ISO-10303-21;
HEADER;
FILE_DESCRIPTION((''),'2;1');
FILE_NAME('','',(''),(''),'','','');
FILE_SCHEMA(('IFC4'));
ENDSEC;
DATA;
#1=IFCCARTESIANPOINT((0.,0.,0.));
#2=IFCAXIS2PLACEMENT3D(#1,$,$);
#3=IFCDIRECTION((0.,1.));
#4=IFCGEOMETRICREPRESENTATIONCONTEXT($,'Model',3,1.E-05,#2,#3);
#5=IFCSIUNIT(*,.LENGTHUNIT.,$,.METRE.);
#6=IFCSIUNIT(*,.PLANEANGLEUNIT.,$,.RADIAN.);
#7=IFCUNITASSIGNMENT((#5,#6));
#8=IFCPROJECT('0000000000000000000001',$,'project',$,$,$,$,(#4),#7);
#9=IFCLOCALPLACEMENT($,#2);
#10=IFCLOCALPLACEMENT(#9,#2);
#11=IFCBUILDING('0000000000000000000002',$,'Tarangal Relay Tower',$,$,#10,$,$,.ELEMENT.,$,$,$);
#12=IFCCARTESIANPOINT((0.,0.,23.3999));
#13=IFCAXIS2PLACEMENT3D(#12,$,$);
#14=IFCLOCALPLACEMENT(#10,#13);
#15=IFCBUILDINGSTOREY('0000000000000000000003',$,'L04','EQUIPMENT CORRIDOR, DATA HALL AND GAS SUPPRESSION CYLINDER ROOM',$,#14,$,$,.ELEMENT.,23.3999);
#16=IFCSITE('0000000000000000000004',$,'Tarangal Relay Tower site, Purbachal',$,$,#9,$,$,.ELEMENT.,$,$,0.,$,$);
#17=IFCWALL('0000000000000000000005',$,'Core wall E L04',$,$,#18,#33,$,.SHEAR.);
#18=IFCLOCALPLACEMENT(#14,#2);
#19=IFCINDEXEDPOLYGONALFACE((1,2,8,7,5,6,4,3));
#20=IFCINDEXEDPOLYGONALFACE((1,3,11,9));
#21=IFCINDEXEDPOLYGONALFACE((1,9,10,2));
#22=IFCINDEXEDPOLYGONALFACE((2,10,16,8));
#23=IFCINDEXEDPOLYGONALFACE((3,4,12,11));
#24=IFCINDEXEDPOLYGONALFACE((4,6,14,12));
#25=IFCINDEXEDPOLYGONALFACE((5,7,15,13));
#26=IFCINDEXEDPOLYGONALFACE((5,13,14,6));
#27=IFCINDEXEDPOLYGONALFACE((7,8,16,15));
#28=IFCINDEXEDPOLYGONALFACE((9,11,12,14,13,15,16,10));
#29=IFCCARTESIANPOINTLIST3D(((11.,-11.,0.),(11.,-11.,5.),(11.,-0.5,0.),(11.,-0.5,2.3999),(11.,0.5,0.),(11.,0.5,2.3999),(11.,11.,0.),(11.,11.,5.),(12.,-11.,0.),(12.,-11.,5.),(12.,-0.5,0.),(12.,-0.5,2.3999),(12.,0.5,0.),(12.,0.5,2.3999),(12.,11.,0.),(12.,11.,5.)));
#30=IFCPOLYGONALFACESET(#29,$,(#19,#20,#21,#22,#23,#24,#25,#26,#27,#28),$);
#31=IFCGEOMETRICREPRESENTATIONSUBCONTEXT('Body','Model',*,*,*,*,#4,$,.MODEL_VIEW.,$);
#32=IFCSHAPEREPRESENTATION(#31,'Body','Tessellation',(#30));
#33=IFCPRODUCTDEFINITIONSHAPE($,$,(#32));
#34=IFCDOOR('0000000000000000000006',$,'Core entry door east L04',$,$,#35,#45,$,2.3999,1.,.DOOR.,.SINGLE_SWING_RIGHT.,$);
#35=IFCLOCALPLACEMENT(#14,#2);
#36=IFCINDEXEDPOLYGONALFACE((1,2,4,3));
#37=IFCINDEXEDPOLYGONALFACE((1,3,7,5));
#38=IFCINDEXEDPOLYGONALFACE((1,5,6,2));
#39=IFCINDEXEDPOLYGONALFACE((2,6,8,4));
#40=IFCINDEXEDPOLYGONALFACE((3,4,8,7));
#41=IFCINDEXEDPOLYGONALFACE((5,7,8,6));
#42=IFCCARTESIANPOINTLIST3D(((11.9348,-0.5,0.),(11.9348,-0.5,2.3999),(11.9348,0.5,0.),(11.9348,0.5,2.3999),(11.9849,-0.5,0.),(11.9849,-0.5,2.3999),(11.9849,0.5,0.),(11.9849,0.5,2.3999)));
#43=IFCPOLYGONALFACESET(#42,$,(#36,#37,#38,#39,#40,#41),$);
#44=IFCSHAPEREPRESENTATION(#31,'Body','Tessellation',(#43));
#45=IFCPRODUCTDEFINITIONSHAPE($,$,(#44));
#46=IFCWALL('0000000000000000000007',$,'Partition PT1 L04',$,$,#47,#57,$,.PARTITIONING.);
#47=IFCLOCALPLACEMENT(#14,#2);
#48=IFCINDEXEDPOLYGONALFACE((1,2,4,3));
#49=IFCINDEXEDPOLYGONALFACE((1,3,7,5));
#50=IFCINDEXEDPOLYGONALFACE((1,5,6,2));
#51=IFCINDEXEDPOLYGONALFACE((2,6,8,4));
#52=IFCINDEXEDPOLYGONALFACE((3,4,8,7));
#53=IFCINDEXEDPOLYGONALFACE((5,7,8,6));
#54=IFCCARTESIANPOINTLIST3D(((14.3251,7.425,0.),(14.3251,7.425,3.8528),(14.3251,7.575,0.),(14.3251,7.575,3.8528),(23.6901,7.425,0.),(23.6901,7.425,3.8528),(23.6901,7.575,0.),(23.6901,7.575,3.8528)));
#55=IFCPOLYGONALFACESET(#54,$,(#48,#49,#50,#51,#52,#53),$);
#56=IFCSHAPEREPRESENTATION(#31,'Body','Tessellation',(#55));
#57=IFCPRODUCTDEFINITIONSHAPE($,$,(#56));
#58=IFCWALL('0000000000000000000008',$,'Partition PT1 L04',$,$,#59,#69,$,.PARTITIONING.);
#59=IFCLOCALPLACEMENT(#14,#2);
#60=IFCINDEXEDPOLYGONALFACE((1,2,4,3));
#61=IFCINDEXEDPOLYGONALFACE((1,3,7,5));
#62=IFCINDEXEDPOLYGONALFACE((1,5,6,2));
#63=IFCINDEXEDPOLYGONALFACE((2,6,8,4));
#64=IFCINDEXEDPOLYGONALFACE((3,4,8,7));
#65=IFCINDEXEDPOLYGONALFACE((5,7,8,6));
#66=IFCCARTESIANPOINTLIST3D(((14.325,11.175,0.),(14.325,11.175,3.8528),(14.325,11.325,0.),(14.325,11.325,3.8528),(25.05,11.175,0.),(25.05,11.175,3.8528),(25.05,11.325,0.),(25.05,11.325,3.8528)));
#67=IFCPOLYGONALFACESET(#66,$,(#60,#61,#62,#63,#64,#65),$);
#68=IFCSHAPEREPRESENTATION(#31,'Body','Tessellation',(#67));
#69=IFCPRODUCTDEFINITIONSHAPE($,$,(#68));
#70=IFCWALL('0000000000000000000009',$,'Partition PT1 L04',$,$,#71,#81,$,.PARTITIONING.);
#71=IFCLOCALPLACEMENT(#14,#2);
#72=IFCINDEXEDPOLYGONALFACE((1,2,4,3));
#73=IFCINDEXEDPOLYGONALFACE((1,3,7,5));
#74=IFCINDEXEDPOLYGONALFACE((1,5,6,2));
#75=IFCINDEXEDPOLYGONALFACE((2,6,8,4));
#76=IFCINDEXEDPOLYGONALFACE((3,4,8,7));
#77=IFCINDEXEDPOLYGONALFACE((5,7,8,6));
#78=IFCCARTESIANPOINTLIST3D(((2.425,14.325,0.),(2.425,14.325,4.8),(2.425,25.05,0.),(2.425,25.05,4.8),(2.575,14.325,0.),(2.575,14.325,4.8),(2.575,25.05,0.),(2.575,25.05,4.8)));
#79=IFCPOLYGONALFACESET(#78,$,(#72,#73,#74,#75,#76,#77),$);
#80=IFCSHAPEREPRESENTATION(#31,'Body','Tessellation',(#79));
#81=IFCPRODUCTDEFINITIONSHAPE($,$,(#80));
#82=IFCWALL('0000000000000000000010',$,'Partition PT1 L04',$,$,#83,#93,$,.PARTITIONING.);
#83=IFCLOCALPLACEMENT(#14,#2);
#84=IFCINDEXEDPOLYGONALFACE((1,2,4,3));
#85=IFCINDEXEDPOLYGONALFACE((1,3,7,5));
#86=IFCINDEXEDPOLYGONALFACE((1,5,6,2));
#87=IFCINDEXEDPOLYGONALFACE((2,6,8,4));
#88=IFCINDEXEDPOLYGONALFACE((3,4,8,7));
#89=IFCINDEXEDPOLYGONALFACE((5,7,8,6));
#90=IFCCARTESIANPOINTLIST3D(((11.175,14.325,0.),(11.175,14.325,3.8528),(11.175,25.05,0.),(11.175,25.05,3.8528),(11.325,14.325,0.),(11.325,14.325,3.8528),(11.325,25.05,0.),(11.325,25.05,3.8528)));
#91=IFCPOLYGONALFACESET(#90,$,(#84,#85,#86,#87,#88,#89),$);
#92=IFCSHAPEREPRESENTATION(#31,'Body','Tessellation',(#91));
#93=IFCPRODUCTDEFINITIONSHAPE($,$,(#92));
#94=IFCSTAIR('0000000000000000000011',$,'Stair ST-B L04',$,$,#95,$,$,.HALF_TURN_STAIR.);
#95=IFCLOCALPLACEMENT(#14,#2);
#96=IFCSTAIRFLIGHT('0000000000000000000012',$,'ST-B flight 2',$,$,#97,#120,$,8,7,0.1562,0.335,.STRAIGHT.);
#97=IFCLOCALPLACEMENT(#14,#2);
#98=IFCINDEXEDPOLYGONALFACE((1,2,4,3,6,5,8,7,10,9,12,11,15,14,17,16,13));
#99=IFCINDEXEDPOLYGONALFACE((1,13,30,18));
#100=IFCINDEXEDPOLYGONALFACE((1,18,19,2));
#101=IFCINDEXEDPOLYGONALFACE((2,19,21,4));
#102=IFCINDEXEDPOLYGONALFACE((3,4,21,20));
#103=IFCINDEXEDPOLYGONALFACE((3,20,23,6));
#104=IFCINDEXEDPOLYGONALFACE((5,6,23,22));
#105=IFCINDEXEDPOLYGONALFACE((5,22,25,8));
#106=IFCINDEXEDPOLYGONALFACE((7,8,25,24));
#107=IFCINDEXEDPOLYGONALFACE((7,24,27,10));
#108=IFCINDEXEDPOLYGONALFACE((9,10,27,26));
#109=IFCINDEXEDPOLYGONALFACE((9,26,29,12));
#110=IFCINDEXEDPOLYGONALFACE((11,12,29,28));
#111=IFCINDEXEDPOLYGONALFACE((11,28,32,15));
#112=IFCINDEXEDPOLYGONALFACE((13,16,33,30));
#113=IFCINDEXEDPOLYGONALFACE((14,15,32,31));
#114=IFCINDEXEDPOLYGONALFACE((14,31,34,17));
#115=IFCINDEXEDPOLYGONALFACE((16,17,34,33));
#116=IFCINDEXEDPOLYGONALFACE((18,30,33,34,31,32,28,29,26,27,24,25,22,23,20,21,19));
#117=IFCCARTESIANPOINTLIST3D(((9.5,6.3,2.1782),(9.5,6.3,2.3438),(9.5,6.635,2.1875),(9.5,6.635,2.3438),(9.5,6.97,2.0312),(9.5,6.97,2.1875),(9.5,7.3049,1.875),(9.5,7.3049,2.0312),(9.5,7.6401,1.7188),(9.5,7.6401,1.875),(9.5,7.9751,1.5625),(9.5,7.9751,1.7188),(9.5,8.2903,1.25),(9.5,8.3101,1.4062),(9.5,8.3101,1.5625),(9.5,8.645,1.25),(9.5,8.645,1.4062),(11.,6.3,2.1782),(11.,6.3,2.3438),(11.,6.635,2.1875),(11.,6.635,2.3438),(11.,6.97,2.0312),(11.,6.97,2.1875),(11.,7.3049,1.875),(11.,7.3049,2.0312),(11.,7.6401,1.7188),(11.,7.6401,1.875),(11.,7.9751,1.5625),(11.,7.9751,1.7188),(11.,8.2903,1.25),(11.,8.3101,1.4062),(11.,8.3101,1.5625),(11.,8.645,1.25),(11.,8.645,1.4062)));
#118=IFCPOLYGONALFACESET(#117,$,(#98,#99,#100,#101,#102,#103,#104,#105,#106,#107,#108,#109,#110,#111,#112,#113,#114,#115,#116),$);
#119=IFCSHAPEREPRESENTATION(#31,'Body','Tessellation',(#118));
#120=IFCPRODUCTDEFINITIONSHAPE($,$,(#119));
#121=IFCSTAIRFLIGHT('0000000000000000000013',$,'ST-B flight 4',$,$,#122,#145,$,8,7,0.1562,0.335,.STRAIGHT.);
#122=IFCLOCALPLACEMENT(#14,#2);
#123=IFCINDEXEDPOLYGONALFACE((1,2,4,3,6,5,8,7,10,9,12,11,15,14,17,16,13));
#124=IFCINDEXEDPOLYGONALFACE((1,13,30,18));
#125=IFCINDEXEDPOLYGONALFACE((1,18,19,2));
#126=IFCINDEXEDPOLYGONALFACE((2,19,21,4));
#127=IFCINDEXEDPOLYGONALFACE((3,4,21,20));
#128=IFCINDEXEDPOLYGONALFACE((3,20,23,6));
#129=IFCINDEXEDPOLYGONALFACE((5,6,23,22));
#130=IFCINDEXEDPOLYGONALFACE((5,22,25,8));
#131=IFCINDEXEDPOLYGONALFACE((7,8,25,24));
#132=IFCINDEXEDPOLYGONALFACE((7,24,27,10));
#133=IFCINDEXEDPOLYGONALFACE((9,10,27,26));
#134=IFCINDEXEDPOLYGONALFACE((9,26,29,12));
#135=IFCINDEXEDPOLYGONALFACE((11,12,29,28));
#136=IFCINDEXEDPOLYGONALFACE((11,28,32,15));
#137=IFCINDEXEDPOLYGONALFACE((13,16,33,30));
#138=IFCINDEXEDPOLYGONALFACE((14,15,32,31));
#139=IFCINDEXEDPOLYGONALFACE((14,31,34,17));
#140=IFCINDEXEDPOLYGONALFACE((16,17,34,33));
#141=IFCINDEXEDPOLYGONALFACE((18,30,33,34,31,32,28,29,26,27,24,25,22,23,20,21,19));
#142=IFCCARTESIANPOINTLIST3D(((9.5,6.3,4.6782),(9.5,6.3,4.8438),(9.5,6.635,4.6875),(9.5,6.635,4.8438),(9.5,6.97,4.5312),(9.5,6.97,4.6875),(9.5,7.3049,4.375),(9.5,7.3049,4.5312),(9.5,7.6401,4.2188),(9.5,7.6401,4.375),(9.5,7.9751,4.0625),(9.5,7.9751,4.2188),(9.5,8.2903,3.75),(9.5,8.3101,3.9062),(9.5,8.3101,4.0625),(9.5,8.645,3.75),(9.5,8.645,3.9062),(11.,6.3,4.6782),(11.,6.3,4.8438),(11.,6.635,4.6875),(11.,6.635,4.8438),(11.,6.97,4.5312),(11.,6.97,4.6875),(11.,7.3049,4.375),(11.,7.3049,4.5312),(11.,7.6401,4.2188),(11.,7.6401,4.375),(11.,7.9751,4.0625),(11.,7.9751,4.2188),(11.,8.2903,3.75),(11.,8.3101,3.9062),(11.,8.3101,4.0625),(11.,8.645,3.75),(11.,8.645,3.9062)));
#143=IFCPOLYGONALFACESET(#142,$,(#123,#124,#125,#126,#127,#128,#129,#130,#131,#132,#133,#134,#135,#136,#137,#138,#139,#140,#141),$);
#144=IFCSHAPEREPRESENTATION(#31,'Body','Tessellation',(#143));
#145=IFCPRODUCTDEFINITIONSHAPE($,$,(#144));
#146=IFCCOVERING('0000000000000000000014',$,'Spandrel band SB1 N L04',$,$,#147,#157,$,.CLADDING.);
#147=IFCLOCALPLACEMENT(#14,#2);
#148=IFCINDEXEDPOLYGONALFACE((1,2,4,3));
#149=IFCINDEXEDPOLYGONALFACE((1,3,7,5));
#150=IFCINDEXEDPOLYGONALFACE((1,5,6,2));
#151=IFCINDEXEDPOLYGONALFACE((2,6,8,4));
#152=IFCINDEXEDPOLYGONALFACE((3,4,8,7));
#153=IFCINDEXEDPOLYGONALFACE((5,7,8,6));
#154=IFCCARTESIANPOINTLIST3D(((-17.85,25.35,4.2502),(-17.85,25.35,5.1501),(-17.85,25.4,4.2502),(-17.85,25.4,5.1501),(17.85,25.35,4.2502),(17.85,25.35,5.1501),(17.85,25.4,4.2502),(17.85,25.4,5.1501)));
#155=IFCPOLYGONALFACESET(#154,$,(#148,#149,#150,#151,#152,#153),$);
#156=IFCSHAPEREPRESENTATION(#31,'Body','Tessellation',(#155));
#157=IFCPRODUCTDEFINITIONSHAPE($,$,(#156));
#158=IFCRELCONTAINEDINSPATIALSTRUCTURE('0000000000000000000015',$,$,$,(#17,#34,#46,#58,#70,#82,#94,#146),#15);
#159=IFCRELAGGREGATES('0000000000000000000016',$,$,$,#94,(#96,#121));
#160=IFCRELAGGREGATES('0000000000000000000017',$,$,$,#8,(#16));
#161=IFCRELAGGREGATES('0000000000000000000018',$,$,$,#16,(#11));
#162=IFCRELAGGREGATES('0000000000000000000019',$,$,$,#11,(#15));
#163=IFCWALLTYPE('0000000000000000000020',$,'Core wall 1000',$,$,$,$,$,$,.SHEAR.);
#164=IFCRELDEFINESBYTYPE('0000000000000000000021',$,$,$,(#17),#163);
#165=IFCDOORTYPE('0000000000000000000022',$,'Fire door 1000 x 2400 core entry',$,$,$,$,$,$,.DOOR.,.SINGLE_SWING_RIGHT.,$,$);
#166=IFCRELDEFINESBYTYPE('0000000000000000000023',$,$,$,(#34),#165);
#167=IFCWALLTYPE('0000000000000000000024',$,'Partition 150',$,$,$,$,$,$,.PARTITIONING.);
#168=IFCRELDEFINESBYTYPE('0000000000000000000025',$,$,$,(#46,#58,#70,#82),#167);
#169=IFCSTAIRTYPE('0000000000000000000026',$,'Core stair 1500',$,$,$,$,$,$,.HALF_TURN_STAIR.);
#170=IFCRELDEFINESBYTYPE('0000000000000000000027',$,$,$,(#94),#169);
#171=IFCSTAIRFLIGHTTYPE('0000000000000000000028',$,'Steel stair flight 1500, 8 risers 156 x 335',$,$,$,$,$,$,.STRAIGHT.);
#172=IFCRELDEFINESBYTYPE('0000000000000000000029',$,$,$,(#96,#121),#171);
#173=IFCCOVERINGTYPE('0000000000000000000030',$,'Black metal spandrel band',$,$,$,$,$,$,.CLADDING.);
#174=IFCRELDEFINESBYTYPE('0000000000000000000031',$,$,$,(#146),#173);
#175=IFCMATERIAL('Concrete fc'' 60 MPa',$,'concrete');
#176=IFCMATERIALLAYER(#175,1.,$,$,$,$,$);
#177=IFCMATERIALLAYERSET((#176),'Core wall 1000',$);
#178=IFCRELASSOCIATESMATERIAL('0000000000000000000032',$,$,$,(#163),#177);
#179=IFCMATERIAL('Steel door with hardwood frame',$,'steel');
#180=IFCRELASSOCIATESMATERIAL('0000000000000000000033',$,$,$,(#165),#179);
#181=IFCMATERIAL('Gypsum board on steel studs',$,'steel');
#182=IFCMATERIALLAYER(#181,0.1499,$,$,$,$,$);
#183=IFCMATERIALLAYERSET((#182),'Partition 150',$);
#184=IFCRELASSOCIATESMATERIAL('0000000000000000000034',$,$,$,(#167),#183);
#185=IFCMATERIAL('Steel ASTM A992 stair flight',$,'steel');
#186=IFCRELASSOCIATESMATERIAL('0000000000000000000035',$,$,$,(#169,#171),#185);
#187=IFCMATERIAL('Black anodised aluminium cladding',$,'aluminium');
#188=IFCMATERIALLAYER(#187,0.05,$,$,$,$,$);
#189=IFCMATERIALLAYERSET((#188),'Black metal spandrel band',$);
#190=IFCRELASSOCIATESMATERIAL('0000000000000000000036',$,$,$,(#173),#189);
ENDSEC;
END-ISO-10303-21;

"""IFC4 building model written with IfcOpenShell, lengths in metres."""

from ifc_helpers import new_model, si_unit, direction, frame, frame_2d, origin, origin_2d, place, context, subcontext, project, spatial, polyline, rectangle, outline, extrude, material, layer, layer_set, type_object, element, fill, aggregate, save


model = new_model("IFC4")

# Units and contexts
model_context = context("Model", 3, precision=1e-05, world=origin(), true_north=direction((0.0, 1.0)))
body_context = subcontext(model_context, "Body", "Model", "MODEL_VIEW")
ifc_project = project(units=[si_unit("LENGTHUNIT", "METRE"), si_unit("PLANEANGLEUNIT", "RADIAN")], contexts=[model_context])

# Site, building, storey
site_placement = place(None, origin())
site = spatial("IfcSite", under=ifc_project, at=site_placement, Name="Tarangal Relay Tower site, Purbachal", CompositionType="ELEMENT", RefElevation=0.0)
building_placement = place(site_placement, origin())
building = spatial("IfcBuilding", under=site, at=building_placement, Name="Tarangal Relay Tower", CompositionType="ELEMENT")
storey_placement = place(building_placement, frame((0.0, 0.0, 23.3999)))
storey = spatial("IfcBuildingStorey", under=building, at=storey_placement, Name="L04", Description="EQUIPMENT CORRIDOR, DATA HALL AND GAS SUPPRESSION CYLINDER ROOM", CompositionType="ELEMENT", Elevation=23.3999)

# Shared definitions
ifc_material_1 = material(Name="Concrete fc' 60 MPa", Category="concrete")

# Wall, opening, door
ifc_layer_1 = layer(ifc_material_1, 1.0)
ifc_layer_set_1 = layer_set([ifc_layer_1], Name="Core wall 1000")
wall_type_1 = type_object("IfcWallType", Name="Core wall 1000", PredefinedType="SHEAR", material=ifc_layer_set_1)
wall_1_placement = place(storey_placement, frame((11.5, 11.0, 0.0), z_axis=(0.0, 0.0, 1.0), x_axis=(0.0, -1.0, 0.0)))
wall_1 = element("IfcWall", 1, at=wall_1_placement, inside=storey, type_object=wall_type_1, Name="Core wall E L04", PredefinedType="SHEAR", context=body_context, shape_type="SweptSolid", body=[
    extrude(rectangle(XDim=22.0, YDim=1.0, at=frame_2d((11.0, 0.0))), origin(), (0.0, 0.0, 1.0), 5.0),
])
opening_placement = place(wall_1_placement, frame((10.5, 0.0, 0.0)))
opening = element("IfcOpeningElement", 2, at=opening_placement, cuts=wall_1, PredefinedType="OPENING", context=body_context, shape_type="SweptSolid", body=[
    extrude(rectangle(XDim=1.0, YDim=2.3999, at=frame_2d((0.5, 1.2))), frame((0.0, 0.51, 0.0), z_axis=(0.0, -1.0, 0.0), x_axis=(1.0, 0.0, 0.0)), (0.0, 0.0, 1.0), 1.02),
])
ifc_material_2 = material(Name="Steel door with hardwood frame", Category="steel")
door_type = type_object("IfcDoorType", Name="Fire door 1000 x 2400 core entry", OperationType="SINGLE_SWING_RIGHT", PredefinedType="DOOR", material=ifc_material_2)
door_placement = place(opening_placement, origin())
door = element("IfcDoor", 3, at=door_placement, inside=storey, type_object=door_type, Name="Core entry door east L04", OperationType="SINGLE_SWING_RIGHT", OverallHeight=2.3999, OverallWidth=1.0, PredefinedType="DOOR", context=body_context, shape_type="SweptSolid", body=[
    extrude(rectangle(XDim=1.0, YDim=2.3999, at=frame_2d((0.5, 1.2))), frame((0.0, 0.4849, 0.0), z_axis=(0.0, -1.0, 0.0), x_axis=(1.0, 0.0, 0.0)), (0.0, 0.0, 1.0), 0.05),
])
fill(opening, door)

# Walls
ifc_material_3 = material(Name="Gypsum board on steel studs", Category="steel")
ifc_layer_2 = layer(ifc_material_3, 0.1499)
ifc_layer_set_2 = layer_set([ifc_layer_2], Name="Partition 150")
wall_type_2 = type_object("IfcWallType", Name="Partition 150", PredefinedType="PARTITIONING", material=ifc_layer_set_2)
wall_2_placement = place(storey_placement, frame((14.325, 7.5, 0.0), z_axis=(0.0, 0.0, 1.0), x_axis=(1.0, 0.0, 0.0)))
element("IfcWall", 4, at=wall_2_placement, inside=storey, type_object=wall_type_2, Name="Partition PT1 L04", PredefinedType="PARTITIONING", context=body_context, shape_type="SweptSolid", body=[
    extrude(rectangle(XDim=9.365, YDim=0.1499, at=frame_2d((4.6826, 0.0))), origin(), (0.0, 0.0, 1.0), 3.8528),
])
wall_3_placement = place(storey_placement, frame((14.325, 11.25, 0.0), z_axis=(0.0, 0.0, 1.0), x_axis=(1.0, 0.0, 0.0)))
element("IfcWall", 5, at=wall_3_placement, inside=storey, type_object=wall_type_2, Name="Partition PT1 L04", PredefinedType="PARTITIONING", context=body_context, shape_type="SweptSolid", body=[
    extrude(rectangle(XDim=10.7251, YDim=0.1499, at=frame_2d((5.3625, 0.0))), origin(), (0.0, 0.0, 1.0), 3.8528),
])
wall_4_placement = place(storey_placement, frame((2.5, 14.325, 0.0), z_axis=(0.0, 0.0, 1.0), x_axis=(0.0, 1.0, 0.0)))
element("IfcWall", 6, at=wall_4_placement, inside=storey, type_object=wall_type_2, Name="Partition PT1 L04", PredefinedType="PARTITIONING", context=body_context, shape_type="SweptSolid", body=[
    extrude(rectangle(XDim=10.7251, YDim=0.1499, at=frame_2d((5.3625, 0.0))), origin(), (0.0, 0.0, 1.0), 4.8),
])
wall_5_placement = place(storey_placement, frame((11.25, 14.325, 0.0), z_axis=(0.0, 0.0, 1.0), x_axis=(0.0, 1.0, 0.0)))
element("IfcWall", 7, at=wall_5_placement, inside=storey, type_object=wall_type_2, Name="Partition PT1 L04", PredefinedType="PARTITIONING", context=body_context, shape_type="SweptSolid", body=[
    extrude(rectangle(XDim=10.7251, YDim=0.1499, at=frame_2d((5.3625, 0.0))), origin(), (0.0, 0.0, 1.0), 3.8528),
])

# Stair, stair flights
ifc_material_4 = material(Name="Steel ASTM A992 stair flight", Category="steel")
stair_type = type_object("IfcStairType", Name="Core stair 1500", PredefinedType="HALF_TURN_STAIR", material=ifc_material_4)
stair_placement = place(storey_placement, origin())
stair = element("IfcStair", 8, at=stair_placement, inside=storey, type_object=stair_type, Name="Stair ST-B L04", PredefinedType="HALF_TURN_STAIR")
stair_flight_type = type_object("IfcStairFlightType", Name="Steel stair flight 1500, 8 risers 156 x 335", PredefinedType="STRAIGHT", material=ifc_material_4)
stair_flight_1_placement = place(storey_placement, frame((10.25, 8.645, 1.25), z_axis=(0.0, 0.0, 1.0), x_axis=(0.0, -1.0, 0.0)))
stair_flight_1 = element("IfcStairFlight", 9, at=stair_flight_1_placement, type_object=stair_flight_type, Name="ST-B flight 2", NumberOfRisers=8, NumberOfTreads=7, PredefinedType="STRAIGHT", RiserHeight=0.1562, TreadLength=0.335, context=body_context, shape_type="SweptSolid", body=[
    extrude(outline(polyline([(0.0, 0.0), (0.0, 0.1562), (0.335, 0.1562), (0.335, 0.3125), (0.6699, 0.3125), (0.6699, 0.4688), (1.0049, 0.4688), (1.0049, 0.625), (1.3401, 0.625), (1.3401, 0.7812), (1.675, 0.7812), (1.675, 0.9375), (2.01, 0.9375), (2.01, 1.0938), (2.345, 1.0938), (2.345, 1.25), (2.345, 0.9282), (0.3547, 0.0), (0.0, 0.0)])), frame((0.0, 0.75, 0.0), z_axis=(0.0, -1.0, 0.0), x_axis=(1.0, 0.0, 0.0)), (0.0, 0.0, 1.0), 1.5),
])
stair_flight_2_placement = place(storey_placement, frame((10.25, 8.645, 3.75), z_axis=(0.0, 0.0, 1.0), x_axis=(0.0, -1.0, 0.0)))
stair_flight_2 = element("IfcStairFlight", 10, at=stair_flight_2_placement, type_object=stair_flight_type, Name="ST-B flight 4", NumberOfRisers=8, NumberOfTreads=7, PredefinedType="STRAIGHT", RiserHeight=0.1562, TreadLength=0.335, context=body_context, shape_type="SweptSolid", body=[
    extrude(outline(polyline([(0.0, 0.0), (0.0, 0.1562), (0.335, 0.1562), (0.335, 0.3125), (0.6699, 0.3125), (0.6699, 0.4688), (1.0049, 0.4688), (1.0049, 0.625), (1.3401, 0.625), (1.3401, 0.7812), (1.675, 0.7812), (1.675, 0.9375), (2.01, 0.9375), (2.01, 1.0938), (2.345, 1.0938), (2.345, 1.25), (2.345, 0.9282), (0.3547, 0.0), (0.0, 0.0)])), frame((0.0, 0.75, 0.0), z_axis=(0.0, -1.0, 0.0), x_axis=(1.0, 0.0, 0.0)), (0.0, 0.0, 1.0), 1.5),
])
aggregate(stair, [stair_flight_1, stair_flight_2])

# Covering
ifc_material_5 = material(Name="Black anodised aluminium cladding", Category="aluminium")
ifc_layer_3 = layer(ifc_material_5, 0.05)
ifc_layer_set_3 = layer_set([ifc_layer_3], Name="Black metal spandrel band")
covering_type = type_object("IfcCoveringType", Name="Black metal spandrel band", PredefinedType="CLADDING", material=ifc_layer_set_3)
covering_placement = place(storey_placement, frame((0.0, 25.375, 4.2502), z_axis=(0.0, 0.0, 1.0), x_axis=(1.0, 0.0, 0.0)))
element("IfcCovering", 11, at=covering_placement, inside=storey, type_object=covering_type, Name="Spandrel band SB1 N L04", PredefinedType="CLADDING", context=body_context, shape_type="SweptSolid", body=[
    extrude(rectangle(XDim=35.7, YDim=0.05, at=origin_2d()), origin(), (0.0, 0.0, 1.0), 0.8999),
])

save(model, "model.ifc")
